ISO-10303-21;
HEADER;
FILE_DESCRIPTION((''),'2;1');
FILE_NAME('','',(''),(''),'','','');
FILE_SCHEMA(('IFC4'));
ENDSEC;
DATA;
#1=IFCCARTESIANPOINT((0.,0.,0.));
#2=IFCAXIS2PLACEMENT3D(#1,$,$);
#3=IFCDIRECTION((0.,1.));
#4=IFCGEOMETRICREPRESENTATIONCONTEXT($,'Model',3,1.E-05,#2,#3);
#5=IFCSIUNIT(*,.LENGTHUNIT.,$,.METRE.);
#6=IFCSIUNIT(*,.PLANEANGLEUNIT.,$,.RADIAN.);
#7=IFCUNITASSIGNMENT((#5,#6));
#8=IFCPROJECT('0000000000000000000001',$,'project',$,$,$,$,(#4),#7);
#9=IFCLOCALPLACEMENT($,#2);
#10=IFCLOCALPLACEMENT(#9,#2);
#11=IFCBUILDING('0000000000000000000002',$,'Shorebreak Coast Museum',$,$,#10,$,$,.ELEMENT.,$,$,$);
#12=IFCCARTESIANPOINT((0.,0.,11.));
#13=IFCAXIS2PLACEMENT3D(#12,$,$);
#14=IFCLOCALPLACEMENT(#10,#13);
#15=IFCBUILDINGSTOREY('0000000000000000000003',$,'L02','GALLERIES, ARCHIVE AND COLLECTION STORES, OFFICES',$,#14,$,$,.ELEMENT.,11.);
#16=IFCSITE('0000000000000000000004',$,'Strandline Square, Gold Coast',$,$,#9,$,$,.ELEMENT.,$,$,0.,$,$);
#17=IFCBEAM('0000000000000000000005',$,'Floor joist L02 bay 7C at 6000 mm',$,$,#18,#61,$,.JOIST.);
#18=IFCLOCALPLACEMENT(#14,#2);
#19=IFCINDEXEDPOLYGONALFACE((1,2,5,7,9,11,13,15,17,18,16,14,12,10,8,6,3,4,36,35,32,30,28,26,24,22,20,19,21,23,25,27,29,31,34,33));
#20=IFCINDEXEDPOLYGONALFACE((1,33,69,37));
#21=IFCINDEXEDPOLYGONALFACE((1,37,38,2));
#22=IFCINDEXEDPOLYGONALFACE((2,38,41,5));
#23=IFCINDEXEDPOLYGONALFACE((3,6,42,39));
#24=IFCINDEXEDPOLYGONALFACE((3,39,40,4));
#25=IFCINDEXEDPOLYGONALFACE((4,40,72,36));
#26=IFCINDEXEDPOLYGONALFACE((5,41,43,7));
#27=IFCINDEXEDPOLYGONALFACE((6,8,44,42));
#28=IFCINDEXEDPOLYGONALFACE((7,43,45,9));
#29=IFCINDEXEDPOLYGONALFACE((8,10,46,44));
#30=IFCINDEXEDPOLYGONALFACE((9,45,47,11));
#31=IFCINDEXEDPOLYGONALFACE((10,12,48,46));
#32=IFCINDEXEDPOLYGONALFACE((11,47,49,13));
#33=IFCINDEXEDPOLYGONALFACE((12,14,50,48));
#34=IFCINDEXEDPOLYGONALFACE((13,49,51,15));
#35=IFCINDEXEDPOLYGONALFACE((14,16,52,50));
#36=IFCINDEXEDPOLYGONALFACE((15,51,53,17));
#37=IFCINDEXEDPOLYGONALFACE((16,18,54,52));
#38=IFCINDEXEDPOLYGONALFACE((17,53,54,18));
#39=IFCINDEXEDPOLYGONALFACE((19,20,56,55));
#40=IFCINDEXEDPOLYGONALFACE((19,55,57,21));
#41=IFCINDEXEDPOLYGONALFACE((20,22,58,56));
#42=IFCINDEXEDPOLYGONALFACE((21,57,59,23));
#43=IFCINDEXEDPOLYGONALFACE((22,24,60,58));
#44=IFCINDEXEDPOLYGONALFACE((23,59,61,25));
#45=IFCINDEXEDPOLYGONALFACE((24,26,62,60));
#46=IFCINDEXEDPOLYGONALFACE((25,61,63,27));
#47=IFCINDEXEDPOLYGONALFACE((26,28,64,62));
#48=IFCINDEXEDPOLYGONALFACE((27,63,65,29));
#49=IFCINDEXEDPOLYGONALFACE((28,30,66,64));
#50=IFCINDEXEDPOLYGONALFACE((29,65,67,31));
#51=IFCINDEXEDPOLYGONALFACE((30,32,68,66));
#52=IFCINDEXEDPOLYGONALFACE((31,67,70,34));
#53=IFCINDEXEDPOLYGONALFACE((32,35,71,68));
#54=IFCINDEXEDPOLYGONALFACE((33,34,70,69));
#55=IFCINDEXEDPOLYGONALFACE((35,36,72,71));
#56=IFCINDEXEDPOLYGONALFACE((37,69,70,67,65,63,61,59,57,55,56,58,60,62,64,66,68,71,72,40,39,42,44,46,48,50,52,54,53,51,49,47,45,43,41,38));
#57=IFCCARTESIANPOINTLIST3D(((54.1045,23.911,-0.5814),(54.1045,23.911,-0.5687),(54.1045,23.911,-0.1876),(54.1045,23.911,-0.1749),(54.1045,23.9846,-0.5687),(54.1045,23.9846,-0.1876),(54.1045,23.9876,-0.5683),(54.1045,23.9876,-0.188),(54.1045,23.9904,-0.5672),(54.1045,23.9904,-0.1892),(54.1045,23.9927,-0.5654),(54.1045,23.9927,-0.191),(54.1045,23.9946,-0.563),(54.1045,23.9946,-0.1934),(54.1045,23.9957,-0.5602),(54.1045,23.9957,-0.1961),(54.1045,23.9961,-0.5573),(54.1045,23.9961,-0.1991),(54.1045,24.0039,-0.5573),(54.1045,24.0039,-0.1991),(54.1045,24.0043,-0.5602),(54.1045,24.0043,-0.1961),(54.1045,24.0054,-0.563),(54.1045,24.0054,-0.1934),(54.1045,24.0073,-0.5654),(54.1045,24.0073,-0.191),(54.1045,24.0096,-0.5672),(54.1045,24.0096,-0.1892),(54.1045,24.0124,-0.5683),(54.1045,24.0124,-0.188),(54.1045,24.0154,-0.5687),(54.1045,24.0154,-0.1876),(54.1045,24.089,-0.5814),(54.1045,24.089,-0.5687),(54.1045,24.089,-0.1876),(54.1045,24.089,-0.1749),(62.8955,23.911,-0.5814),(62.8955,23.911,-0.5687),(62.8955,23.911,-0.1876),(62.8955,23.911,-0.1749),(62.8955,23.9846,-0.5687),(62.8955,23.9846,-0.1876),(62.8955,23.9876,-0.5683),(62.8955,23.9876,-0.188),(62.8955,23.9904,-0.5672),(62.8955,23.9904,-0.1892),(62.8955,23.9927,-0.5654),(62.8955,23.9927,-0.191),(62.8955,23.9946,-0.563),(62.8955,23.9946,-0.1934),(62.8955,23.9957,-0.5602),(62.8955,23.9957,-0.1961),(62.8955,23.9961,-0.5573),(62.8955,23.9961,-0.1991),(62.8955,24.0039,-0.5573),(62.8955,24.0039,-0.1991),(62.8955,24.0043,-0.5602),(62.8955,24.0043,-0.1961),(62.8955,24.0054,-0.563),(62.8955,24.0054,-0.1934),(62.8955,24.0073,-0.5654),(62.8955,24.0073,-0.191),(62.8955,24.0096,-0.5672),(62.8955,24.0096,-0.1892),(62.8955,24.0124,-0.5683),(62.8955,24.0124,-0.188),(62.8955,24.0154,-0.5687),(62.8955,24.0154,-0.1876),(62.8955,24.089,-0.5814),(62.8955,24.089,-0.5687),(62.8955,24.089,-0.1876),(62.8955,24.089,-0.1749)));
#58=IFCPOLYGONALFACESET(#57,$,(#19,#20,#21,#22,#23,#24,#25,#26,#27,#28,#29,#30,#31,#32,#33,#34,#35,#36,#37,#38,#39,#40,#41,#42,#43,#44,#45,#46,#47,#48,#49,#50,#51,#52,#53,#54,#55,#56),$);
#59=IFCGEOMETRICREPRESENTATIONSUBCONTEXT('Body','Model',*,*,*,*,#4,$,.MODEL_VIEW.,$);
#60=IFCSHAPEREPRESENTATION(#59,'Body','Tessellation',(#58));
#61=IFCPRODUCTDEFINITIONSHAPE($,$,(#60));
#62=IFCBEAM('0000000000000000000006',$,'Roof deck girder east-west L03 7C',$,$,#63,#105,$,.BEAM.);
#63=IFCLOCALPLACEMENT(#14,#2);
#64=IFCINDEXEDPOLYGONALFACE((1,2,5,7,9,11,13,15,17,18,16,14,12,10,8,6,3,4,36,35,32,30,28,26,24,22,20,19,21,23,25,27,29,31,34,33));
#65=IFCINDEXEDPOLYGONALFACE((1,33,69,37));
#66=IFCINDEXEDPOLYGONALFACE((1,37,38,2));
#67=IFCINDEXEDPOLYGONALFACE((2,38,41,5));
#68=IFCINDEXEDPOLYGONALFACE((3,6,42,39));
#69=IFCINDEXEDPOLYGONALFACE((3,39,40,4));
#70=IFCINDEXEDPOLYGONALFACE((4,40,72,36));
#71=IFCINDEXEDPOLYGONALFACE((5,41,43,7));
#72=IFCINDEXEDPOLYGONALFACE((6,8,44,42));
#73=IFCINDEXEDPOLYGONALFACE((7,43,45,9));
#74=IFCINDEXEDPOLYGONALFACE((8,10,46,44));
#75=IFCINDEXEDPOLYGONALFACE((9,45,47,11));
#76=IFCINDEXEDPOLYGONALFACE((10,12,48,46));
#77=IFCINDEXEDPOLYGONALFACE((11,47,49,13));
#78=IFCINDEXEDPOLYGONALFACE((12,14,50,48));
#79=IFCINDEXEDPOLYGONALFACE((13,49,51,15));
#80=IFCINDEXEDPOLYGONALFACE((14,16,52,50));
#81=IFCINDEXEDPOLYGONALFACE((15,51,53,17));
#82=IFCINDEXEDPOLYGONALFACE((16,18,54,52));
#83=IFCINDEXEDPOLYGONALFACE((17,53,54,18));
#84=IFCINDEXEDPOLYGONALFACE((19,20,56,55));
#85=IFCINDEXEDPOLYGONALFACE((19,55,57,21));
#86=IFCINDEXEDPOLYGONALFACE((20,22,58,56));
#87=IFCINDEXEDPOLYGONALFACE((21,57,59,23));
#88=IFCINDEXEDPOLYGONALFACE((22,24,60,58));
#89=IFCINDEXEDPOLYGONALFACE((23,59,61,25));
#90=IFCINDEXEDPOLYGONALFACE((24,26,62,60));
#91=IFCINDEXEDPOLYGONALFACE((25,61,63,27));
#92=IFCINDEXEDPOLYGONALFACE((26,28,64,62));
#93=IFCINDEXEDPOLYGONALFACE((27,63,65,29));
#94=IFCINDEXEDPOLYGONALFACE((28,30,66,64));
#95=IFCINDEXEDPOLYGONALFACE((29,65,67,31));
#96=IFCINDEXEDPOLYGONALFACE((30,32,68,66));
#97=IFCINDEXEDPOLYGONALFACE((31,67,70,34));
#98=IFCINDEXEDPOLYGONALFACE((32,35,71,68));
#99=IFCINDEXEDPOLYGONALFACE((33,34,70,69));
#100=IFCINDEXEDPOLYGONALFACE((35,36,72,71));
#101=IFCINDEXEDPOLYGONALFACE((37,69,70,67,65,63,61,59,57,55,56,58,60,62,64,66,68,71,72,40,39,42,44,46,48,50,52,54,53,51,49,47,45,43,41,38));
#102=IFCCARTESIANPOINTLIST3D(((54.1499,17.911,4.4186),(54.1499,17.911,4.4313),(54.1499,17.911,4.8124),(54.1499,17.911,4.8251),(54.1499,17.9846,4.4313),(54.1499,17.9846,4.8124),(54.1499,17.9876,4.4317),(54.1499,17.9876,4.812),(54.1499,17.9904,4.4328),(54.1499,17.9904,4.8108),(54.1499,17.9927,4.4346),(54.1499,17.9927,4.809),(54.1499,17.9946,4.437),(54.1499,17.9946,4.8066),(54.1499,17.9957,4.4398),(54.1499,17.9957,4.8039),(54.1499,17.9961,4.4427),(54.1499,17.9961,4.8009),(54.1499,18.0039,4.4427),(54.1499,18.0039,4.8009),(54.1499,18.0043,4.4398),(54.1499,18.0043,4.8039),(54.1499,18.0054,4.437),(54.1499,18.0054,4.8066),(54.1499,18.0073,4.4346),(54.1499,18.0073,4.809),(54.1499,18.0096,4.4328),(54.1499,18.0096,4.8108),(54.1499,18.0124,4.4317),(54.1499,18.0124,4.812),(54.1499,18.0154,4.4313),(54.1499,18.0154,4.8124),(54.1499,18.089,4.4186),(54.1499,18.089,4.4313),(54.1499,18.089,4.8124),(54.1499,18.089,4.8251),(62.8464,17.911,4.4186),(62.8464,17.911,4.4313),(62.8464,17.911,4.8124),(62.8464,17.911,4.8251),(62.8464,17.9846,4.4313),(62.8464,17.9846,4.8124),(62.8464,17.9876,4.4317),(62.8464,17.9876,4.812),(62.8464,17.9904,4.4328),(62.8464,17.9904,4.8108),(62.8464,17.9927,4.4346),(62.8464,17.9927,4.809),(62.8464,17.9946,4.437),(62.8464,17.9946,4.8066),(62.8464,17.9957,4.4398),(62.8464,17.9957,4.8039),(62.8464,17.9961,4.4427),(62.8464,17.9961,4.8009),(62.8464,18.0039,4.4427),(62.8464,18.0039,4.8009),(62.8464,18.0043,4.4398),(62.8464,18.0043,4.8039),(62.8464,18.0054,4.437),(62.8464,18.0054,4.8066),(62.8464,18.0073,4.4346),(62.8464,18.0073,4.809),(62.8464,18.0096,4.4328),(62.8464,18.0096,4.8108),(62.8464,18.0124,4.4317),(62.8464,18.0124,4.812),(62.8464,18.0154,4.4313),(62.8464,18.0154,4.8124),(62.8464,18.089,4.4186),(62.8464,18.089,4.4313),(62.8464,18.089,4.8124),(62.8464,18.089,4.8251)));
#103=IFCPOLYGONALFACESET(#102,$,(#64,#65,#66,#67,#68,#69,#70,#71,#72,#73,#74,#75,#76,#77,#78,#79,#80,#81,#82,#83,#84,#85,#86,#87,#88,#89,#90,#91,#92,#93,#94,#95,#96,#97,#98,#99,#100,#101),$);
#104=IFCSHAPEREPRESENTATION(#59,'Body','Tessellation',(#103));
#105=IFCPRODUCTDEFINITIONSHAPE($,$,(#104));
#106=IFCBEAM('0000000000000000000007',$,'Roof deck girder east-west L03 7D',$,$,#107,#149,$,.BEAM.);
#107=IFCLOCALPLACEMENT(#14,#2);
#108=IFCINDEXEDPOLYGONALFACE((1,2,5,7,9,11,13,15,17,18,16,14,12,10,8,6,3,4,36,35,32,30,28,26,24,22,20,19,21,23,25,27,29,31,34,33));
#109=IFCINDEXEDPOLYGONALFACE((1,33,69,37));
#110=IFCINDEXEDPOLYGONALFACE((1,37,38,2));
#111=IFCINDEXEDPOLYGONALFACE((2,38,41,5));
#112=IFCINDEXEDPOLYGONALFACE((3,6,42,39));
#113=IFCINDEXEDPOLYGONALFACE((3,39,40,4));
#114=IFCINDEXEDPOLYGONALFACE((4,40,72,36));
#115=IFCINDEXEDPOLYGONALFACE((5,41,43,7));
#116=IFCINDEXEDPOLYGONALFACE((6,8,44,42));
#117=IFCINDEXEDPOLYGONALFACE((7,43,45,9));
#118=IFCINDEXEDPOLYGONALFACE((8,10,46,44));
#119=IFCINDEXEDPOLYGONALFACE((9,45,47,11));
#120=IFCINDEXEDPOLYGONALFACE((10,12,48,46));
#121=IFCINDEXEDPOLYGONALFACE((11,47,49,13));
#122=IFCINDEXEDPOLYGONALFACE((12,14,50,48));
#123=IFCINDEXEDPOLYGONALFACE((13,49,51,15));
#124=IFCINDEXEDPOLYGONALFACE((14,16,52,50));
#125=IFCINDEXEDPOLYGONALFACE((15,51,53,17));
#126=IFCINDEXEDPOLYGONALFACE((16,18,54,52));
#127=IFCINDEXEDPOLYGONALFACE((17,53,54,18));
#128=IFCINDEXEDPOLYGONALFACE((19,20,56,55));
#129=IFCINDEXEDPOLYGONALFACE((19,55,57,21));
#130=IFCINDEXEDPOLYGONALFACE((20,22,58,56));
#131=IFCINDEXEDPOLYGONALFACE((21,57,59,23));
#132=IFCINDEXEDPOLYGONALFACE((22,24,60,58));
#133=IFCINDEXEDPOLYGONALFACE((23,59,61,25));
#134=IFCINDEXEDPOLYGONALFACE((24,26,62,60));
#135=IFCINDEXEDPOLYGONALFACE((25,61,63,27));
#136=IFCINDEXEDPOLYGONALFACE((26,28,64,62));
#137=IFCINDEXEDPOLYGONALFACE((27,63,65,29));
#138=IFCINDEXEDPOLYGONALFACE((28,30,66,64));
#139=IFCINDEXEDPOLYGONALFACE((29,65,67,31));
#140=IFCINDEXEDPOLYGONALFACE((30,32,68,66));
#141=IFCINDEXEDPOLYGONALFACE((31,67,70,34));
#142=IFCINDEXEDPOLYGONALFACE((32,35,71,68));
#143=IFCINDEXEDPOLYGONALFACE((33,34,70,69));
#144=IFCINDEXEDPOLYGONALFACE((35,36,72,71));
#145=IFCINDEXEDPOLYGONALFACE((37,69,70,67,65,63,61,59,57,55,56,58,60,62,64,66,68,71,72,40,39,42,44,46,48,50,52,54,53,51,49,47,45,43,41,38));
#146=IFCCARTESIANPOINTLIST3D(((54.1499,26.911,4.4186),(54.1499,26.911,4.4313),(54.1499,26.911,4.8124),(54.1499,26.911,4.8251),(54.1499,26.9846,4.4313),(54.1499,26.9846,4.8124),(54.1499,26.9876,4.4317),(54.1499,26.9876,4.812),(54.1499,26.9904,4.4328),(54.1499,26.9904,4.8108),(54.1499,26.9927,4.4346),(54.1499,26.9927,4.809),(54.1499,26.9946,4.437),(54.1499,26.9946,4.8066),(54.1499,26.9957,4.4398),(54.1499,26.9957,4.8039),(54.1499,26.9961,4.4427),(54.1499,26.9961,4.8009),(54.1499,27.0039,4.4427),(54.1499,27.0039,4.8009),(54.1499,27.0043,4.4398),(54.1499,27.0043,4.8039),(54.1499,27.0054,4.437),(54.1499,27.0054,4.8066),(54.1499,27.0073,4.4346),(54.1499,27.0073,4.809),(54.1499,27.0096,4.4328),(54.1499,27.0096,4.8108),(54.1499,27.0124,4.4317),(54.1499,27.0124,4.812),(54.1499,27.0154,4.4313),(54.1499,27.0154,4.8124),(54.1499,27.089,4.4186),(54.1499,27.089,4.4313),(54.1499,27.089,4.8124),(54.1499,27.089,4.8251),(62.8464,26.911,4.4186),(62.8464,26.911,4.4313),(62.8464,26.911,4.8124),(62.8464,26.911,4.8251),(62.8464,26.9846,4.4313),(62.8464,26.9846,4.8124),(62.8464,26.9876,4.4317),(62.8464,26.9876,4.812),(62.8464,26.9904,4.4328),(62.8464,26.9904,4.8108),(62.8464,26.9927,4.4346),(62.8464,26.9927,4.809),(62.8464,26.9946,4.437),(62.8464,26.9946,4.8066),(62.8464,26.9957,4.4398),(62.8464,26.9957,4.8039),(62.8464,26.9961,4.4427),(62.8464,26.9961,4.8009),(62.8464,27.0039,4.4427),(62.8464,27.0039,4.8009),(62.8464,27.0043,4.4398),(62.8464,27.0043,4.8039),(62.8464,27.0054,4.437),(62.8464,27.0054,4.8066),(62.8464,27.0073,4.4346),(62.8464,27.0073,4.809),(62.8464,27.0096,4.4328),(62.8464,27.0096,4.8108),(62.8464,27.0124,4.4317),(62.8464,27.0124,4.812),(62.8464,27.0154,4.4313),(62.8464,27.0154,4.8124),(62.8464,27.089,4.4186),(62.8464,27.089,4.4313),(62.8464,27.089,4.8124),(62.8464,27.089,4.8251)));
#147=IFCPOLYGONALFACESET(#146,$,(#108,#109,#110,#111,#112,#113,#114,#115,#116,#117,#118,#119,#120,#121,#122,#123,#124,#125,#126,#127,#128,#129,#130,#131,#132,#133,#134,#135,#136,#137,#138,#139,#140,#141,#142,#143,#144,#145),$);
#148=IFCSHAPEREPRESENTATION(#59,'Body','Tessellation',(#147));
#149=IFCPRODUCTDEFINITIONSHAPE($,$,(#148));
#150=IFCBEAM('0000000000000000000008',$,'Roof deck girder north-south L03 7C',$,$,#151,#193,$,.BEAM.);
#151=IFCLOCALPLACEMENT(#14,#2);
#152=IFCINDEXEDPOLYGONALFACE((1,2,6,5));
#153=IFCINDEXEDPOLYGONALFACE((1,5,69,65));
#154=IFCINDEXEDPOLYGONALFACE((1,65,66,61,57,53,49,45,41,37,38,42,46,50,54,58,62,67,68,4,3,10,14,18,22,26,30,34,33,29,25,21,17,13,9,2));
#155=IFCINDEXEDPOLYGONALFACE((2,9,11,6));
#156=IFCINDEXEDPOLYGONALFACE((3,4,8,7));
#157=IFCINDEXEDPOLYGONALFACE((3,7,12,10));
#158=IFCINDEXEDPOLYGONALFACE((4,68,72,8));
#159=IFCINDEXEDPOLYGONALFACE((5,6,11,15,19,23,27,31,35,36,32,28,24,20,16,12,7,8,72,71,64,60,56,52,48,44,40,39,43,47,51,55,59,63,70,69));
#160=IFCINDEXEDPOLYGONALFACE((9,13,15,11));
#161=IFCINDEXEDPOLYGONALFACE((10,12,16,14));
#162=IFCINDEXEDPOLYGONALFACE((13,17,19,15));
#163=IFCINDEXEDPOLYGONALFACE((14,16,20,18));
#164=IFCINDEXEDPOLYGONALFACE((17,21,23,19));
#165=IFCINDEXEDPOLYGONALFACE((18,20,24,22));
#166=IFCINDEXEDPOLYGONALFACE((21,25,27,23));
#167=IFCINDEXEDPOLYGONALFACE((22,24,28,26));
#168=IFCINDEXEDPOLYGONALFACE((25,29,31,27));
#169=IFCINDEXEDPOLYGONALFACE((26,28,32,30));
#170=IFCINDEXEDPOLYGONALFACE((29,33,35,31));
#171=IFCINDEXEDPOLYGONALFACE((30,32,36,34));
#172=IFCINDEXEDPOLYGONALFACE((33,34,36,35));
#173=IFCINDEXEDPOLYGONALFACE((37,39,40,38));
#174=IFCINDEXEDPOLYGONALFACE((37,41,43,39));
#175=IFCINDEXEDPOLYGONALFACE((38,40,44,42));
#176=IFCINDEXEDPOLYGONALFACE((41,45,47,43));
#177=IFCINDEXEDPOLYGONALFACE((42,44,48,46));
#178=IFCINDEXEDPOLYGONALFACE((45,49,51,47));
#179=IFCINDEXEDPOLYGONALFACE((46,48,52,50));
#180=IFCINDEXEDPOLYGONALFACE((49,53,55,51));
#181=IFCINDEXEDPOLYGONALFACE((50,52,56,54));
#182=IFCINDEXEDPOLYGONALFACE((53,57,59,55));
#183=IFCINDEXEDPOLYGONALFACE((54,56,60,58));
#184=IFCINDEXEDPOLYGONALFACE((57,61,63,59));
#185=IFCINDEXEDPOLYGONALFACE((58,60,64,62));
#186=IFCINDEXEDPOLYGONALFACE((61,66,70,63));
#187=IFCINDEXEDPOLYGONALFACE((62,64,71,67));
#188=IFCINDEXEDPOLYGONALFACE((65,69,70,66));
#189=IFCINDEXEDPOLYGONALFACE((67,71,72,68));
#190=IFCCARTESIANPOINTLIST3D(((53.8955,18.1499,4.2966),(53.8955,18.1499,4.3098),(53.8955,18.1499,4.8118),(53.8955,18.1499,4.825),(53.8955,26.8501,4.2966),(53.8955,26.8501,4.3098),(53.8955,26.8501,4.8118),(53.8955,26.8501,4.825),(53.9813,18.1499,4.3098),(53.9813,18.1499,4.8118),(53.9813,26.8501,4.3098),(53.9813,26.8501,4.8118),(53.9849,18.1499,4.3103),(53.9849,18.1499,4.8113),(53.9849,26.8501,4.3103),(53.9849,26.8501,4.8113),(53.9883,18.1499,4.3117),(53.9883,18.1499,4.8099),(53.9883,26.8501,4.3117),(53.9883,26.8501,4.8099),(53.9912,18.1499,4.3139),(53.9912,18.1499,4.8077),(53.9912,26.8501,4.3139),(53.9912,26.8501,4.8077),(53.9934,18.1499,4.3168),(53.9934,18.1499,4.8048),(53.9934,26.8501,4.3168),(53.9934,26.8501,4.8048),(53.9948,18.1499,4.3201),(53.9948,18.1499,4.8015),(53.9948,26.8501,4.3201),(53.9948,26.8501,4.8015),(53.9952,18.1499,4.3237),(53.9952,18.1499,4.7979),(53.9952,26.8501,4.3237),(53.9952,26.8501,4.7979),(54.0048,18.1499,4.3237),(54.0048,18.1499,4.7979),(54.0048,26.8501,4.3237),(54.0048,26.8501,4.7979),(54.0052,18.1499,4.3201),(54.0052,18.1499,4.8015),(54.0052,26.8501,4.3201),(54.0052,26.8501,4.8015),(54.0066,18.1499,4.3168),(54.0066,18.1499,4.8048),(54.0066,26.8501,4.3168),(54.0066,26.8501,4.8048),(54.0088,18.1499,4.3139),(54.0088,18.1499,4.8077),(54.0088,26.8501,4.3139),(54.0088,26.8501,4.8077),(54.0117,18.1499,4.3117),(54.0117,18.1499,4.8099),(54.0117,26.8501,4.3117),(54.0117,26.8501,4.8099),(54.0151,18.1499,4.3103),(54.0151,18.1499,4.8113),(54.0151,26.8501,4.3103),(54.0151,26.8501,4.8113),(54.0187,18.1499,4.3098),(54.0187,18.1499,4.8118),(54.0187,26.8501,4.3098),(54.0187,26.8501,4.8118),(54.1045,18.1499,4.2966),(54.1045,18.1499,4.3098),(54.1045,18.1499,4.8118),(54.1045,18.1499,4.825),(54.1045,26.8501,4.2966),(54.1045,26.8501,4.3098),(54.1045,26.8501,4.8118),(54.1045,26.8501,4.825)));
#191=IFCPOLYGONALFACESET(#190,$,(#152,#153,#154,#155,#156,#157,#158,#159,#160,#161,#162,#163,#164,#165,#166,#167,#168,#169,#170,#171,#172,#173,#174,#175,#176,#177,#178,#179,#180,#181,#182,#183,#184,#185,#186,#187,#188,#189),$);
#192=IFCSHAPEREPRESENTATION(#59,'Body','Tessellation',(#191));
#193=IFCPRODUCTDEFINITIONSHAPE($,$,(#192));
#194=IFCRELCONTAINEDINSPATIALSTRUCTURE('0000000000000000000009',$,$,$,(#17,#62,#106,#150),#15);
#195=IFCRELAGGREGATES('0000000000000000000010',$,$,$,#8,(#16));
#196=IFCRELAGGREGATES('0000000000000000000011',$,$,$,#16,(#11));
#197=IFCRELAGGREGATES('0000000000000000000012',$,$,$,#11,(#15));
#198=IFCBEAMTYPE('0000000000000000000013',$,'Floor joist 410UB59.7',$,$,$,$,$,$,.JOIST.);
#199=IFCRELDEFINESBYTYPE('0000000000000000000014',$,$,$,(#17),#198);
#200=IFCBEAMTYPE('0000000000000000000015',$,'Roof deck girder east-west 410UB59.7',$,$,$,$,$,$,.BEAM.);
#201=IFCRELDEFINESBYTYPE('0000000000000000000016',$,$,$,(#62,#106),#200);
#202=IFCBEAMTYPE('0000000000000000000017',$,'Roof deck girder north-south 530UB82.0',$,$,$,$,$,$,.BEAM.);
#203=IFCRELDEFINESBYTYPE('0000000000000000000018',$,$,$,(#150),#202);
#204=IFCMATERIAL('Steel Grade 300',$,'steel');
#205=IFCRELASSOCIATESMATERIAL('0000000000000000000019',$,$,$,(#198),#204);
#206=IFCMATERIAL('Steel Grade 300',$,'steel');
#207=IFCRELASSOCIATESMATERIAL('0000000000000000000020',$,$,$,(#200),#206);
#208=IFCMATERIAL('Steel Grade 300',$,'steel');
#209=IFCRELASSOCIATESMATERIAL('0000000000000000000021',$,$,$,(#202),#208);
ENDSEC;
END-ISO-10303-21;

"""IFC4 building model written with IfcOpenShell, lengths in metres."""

from ifc_helpers import new_model, si_unit, direction, frame, origin, origin_2d, place, context, subcontext, project, spatial, i_section, extrude, material, material_profile, profile_set, type_object, element, save


model = new_model("IFC4")

# Units and contexts
model_context = context("Model", 3, precision=1e-05, world=origin(), true_north=direction((0.0, 1.0)))
body_context = subcontext(model_context, "Body", "Model", "MODEL_VIEW")
ifc_project = project(units=[si_unit("LENGTHUNIT", "METRE"), si_unit("PLANEANGLEUNIT", "RADIAN")], contexts=[model_context])

# Site, building, storey
site_placement = place(None, origin())
site = spatial("IfcSite", under=ifc_project, at=site_placement, Name="Strandline Square, Gold Coast", CompositionType="ELEMENT", RefElevation=0.0)
building_placement = place(site_placement, origin())
building = spatial("IfcBuilding", under=site, at=building_placement, Name="Shorebreak Coast Museum", CompositionType="ELEMENT")
storey_placement = place(building_placement, frame((0.0, 0.0, 11.0)))
storey = spatial("IfcBuildingStorey", under=building, at=storey_placement, Name="L02", Description="GALLERIES, ARCHIVE AND COLLECTION STORES, OFFICES", CompositionType="ELEMENT", Elevation=11.0)

# Beams
ifc_material_1 = material(Name="Steel Grade 300", Category="steel")
ifc_material_profile_1 = material_profile(ifc_material_1, i_section(OverallWidth=0.178, OverallDepth=0.4065, WebThickness=0.0078, FlangeThickness=0.0127, FilletRadius=0.0115, at=origin_2d()), Name="410UB59.7")
ifc_profile_set_1 = profile_set([ifc_material_profile_1], Name="Steel Grade 300")
beam_type_1 = type_object("IfcBeamType", Name="Floor joist 410UB59.7", PredefinedType="JOIST", material=ifc_profile_set_1)
for number, where, z_axis, x_axis, name in (
    (1, (54.1045, 24.0, -0.3782), (1.0, 0.0, 0.0), (0.0, 1.0, 0.0), "Floor joist L02 bay 7C at 6000 mm"),
):
    element("IfcBeam", number, at=place(storey_placement, frame(where, z_axis=z_axis, x_axis=x_axis)), inside=storey, type_object=beam_type_1, Name=name, PredefinedType="JOIST", context=body_context, shape_type="SweptSolid", body=[
        extrude(i_section(OverallWidth=0.178, OverallDepth=0.4065, WebThickness=0.0078, FlangeThickness=0.0127, FilletRadius=0.0115, at=origin_2d()), origin(), (0.0, 0.0, 1.0), 8.791),
    ])
ifc_material_2 = material(Name="Steel Grade 300", Category="steel")
ifc_material_profile_2 = material_profile(ifc_material_2, i_section(OverallWidth=0.178, OverallDepth=0.4065, WebThickness=0.0078, FlangeThickness=0.0127, FilletRadius=0.0115, at=origin_2d()), Name="410UB59.7")
ifc_profile_set_2 = profile_set([ifc_material_profile_2], Name="Steel Grade 300")
beam_type_2 = type_object("IfcBeamType", Name="Roof deck girder east-west 410UB59.7", PredefinedType="BEAM", material=ifc_profile_set_2)
for number, where, z_axis, x_axis, name in (
    (2, (54.1499, 18.0, 4.6218), (1.0, 0.0, 0.0), (0.0, 1.0, 0.0), "Roof deck girder east-west L03 7C"),
    (3, (54.1499, 27.0, 4.6218), (1.0, 0.0, 0.0), (0.0, 1.0, 0.0), "Roof deck girder east-west L03 7D"),
):
    element("IfcBeam", number, at=place(storey_placement, frame(where, z_axis=z_axis, x_axis=x_axis)), inside=storey, type_object=beam_type_2, Name=name, PredefinedType="BEAM", context=body_context, shape_type="SweptSolid", body=[
        extrude(i_section(OverallWidth=0.178, OverallDepth=0.4065, WebThickness=0.0078, FlangeThickness=0.0127, FilletRadius=0.0115, at=origin_2d()), origin(), (0.0, 0.0, 1.0), 8.6965),
    ])
ifc_material_3 = material(Name="Steel Grade 300", Category="steel")
ifc_material_profile_3 = material_profile(ifc_material_3, i_section(OverallWidth=0.209, OverallDepth=0.5283, WebThickness=0.0095, FlangeThickness=0.0132, FilletRadius=0.0139, at=origin_2d()), Name="530UB82.0")
ifc_profile_set_3 = profile_set([ifc_material_profile_3], Name="Steel Grade 300")
beam_type_3 = type_object("IfcBeamType", Name="Roof deck girder north-south 530UB82.0", PredefinedType="BEAM", material=ifc_profile_set_3)
for number, where, z_axis, x_axis, name in (
    (4, (54.0, 18.1499, 4.5608), (0.0, 1.0, 0.0), (-1.0, 0.0, 0.0), "Roof deck girder north-south L03 7C"),
):
    element("IfcBeam", number, at=place(storey_placement, frame(where, z_axis=z_axis, x_axis=x_axis)), inside=storey, type_object=beam_type_3, Name=name, PredefinedType="BEAM", context=body_context, shape_type="SweptSolid", body=[
        extrude(i_section(OverallWidth=0.209, OverallDepth=0.5283, WebThickness=0.0095, FlangeThickness=0.0132, FilletRadius=0.0139, at=origin_2d()), origin(), (0.0, 0.0, 1.0), 8.7002),
    ])

save(model, "model.ifc")
